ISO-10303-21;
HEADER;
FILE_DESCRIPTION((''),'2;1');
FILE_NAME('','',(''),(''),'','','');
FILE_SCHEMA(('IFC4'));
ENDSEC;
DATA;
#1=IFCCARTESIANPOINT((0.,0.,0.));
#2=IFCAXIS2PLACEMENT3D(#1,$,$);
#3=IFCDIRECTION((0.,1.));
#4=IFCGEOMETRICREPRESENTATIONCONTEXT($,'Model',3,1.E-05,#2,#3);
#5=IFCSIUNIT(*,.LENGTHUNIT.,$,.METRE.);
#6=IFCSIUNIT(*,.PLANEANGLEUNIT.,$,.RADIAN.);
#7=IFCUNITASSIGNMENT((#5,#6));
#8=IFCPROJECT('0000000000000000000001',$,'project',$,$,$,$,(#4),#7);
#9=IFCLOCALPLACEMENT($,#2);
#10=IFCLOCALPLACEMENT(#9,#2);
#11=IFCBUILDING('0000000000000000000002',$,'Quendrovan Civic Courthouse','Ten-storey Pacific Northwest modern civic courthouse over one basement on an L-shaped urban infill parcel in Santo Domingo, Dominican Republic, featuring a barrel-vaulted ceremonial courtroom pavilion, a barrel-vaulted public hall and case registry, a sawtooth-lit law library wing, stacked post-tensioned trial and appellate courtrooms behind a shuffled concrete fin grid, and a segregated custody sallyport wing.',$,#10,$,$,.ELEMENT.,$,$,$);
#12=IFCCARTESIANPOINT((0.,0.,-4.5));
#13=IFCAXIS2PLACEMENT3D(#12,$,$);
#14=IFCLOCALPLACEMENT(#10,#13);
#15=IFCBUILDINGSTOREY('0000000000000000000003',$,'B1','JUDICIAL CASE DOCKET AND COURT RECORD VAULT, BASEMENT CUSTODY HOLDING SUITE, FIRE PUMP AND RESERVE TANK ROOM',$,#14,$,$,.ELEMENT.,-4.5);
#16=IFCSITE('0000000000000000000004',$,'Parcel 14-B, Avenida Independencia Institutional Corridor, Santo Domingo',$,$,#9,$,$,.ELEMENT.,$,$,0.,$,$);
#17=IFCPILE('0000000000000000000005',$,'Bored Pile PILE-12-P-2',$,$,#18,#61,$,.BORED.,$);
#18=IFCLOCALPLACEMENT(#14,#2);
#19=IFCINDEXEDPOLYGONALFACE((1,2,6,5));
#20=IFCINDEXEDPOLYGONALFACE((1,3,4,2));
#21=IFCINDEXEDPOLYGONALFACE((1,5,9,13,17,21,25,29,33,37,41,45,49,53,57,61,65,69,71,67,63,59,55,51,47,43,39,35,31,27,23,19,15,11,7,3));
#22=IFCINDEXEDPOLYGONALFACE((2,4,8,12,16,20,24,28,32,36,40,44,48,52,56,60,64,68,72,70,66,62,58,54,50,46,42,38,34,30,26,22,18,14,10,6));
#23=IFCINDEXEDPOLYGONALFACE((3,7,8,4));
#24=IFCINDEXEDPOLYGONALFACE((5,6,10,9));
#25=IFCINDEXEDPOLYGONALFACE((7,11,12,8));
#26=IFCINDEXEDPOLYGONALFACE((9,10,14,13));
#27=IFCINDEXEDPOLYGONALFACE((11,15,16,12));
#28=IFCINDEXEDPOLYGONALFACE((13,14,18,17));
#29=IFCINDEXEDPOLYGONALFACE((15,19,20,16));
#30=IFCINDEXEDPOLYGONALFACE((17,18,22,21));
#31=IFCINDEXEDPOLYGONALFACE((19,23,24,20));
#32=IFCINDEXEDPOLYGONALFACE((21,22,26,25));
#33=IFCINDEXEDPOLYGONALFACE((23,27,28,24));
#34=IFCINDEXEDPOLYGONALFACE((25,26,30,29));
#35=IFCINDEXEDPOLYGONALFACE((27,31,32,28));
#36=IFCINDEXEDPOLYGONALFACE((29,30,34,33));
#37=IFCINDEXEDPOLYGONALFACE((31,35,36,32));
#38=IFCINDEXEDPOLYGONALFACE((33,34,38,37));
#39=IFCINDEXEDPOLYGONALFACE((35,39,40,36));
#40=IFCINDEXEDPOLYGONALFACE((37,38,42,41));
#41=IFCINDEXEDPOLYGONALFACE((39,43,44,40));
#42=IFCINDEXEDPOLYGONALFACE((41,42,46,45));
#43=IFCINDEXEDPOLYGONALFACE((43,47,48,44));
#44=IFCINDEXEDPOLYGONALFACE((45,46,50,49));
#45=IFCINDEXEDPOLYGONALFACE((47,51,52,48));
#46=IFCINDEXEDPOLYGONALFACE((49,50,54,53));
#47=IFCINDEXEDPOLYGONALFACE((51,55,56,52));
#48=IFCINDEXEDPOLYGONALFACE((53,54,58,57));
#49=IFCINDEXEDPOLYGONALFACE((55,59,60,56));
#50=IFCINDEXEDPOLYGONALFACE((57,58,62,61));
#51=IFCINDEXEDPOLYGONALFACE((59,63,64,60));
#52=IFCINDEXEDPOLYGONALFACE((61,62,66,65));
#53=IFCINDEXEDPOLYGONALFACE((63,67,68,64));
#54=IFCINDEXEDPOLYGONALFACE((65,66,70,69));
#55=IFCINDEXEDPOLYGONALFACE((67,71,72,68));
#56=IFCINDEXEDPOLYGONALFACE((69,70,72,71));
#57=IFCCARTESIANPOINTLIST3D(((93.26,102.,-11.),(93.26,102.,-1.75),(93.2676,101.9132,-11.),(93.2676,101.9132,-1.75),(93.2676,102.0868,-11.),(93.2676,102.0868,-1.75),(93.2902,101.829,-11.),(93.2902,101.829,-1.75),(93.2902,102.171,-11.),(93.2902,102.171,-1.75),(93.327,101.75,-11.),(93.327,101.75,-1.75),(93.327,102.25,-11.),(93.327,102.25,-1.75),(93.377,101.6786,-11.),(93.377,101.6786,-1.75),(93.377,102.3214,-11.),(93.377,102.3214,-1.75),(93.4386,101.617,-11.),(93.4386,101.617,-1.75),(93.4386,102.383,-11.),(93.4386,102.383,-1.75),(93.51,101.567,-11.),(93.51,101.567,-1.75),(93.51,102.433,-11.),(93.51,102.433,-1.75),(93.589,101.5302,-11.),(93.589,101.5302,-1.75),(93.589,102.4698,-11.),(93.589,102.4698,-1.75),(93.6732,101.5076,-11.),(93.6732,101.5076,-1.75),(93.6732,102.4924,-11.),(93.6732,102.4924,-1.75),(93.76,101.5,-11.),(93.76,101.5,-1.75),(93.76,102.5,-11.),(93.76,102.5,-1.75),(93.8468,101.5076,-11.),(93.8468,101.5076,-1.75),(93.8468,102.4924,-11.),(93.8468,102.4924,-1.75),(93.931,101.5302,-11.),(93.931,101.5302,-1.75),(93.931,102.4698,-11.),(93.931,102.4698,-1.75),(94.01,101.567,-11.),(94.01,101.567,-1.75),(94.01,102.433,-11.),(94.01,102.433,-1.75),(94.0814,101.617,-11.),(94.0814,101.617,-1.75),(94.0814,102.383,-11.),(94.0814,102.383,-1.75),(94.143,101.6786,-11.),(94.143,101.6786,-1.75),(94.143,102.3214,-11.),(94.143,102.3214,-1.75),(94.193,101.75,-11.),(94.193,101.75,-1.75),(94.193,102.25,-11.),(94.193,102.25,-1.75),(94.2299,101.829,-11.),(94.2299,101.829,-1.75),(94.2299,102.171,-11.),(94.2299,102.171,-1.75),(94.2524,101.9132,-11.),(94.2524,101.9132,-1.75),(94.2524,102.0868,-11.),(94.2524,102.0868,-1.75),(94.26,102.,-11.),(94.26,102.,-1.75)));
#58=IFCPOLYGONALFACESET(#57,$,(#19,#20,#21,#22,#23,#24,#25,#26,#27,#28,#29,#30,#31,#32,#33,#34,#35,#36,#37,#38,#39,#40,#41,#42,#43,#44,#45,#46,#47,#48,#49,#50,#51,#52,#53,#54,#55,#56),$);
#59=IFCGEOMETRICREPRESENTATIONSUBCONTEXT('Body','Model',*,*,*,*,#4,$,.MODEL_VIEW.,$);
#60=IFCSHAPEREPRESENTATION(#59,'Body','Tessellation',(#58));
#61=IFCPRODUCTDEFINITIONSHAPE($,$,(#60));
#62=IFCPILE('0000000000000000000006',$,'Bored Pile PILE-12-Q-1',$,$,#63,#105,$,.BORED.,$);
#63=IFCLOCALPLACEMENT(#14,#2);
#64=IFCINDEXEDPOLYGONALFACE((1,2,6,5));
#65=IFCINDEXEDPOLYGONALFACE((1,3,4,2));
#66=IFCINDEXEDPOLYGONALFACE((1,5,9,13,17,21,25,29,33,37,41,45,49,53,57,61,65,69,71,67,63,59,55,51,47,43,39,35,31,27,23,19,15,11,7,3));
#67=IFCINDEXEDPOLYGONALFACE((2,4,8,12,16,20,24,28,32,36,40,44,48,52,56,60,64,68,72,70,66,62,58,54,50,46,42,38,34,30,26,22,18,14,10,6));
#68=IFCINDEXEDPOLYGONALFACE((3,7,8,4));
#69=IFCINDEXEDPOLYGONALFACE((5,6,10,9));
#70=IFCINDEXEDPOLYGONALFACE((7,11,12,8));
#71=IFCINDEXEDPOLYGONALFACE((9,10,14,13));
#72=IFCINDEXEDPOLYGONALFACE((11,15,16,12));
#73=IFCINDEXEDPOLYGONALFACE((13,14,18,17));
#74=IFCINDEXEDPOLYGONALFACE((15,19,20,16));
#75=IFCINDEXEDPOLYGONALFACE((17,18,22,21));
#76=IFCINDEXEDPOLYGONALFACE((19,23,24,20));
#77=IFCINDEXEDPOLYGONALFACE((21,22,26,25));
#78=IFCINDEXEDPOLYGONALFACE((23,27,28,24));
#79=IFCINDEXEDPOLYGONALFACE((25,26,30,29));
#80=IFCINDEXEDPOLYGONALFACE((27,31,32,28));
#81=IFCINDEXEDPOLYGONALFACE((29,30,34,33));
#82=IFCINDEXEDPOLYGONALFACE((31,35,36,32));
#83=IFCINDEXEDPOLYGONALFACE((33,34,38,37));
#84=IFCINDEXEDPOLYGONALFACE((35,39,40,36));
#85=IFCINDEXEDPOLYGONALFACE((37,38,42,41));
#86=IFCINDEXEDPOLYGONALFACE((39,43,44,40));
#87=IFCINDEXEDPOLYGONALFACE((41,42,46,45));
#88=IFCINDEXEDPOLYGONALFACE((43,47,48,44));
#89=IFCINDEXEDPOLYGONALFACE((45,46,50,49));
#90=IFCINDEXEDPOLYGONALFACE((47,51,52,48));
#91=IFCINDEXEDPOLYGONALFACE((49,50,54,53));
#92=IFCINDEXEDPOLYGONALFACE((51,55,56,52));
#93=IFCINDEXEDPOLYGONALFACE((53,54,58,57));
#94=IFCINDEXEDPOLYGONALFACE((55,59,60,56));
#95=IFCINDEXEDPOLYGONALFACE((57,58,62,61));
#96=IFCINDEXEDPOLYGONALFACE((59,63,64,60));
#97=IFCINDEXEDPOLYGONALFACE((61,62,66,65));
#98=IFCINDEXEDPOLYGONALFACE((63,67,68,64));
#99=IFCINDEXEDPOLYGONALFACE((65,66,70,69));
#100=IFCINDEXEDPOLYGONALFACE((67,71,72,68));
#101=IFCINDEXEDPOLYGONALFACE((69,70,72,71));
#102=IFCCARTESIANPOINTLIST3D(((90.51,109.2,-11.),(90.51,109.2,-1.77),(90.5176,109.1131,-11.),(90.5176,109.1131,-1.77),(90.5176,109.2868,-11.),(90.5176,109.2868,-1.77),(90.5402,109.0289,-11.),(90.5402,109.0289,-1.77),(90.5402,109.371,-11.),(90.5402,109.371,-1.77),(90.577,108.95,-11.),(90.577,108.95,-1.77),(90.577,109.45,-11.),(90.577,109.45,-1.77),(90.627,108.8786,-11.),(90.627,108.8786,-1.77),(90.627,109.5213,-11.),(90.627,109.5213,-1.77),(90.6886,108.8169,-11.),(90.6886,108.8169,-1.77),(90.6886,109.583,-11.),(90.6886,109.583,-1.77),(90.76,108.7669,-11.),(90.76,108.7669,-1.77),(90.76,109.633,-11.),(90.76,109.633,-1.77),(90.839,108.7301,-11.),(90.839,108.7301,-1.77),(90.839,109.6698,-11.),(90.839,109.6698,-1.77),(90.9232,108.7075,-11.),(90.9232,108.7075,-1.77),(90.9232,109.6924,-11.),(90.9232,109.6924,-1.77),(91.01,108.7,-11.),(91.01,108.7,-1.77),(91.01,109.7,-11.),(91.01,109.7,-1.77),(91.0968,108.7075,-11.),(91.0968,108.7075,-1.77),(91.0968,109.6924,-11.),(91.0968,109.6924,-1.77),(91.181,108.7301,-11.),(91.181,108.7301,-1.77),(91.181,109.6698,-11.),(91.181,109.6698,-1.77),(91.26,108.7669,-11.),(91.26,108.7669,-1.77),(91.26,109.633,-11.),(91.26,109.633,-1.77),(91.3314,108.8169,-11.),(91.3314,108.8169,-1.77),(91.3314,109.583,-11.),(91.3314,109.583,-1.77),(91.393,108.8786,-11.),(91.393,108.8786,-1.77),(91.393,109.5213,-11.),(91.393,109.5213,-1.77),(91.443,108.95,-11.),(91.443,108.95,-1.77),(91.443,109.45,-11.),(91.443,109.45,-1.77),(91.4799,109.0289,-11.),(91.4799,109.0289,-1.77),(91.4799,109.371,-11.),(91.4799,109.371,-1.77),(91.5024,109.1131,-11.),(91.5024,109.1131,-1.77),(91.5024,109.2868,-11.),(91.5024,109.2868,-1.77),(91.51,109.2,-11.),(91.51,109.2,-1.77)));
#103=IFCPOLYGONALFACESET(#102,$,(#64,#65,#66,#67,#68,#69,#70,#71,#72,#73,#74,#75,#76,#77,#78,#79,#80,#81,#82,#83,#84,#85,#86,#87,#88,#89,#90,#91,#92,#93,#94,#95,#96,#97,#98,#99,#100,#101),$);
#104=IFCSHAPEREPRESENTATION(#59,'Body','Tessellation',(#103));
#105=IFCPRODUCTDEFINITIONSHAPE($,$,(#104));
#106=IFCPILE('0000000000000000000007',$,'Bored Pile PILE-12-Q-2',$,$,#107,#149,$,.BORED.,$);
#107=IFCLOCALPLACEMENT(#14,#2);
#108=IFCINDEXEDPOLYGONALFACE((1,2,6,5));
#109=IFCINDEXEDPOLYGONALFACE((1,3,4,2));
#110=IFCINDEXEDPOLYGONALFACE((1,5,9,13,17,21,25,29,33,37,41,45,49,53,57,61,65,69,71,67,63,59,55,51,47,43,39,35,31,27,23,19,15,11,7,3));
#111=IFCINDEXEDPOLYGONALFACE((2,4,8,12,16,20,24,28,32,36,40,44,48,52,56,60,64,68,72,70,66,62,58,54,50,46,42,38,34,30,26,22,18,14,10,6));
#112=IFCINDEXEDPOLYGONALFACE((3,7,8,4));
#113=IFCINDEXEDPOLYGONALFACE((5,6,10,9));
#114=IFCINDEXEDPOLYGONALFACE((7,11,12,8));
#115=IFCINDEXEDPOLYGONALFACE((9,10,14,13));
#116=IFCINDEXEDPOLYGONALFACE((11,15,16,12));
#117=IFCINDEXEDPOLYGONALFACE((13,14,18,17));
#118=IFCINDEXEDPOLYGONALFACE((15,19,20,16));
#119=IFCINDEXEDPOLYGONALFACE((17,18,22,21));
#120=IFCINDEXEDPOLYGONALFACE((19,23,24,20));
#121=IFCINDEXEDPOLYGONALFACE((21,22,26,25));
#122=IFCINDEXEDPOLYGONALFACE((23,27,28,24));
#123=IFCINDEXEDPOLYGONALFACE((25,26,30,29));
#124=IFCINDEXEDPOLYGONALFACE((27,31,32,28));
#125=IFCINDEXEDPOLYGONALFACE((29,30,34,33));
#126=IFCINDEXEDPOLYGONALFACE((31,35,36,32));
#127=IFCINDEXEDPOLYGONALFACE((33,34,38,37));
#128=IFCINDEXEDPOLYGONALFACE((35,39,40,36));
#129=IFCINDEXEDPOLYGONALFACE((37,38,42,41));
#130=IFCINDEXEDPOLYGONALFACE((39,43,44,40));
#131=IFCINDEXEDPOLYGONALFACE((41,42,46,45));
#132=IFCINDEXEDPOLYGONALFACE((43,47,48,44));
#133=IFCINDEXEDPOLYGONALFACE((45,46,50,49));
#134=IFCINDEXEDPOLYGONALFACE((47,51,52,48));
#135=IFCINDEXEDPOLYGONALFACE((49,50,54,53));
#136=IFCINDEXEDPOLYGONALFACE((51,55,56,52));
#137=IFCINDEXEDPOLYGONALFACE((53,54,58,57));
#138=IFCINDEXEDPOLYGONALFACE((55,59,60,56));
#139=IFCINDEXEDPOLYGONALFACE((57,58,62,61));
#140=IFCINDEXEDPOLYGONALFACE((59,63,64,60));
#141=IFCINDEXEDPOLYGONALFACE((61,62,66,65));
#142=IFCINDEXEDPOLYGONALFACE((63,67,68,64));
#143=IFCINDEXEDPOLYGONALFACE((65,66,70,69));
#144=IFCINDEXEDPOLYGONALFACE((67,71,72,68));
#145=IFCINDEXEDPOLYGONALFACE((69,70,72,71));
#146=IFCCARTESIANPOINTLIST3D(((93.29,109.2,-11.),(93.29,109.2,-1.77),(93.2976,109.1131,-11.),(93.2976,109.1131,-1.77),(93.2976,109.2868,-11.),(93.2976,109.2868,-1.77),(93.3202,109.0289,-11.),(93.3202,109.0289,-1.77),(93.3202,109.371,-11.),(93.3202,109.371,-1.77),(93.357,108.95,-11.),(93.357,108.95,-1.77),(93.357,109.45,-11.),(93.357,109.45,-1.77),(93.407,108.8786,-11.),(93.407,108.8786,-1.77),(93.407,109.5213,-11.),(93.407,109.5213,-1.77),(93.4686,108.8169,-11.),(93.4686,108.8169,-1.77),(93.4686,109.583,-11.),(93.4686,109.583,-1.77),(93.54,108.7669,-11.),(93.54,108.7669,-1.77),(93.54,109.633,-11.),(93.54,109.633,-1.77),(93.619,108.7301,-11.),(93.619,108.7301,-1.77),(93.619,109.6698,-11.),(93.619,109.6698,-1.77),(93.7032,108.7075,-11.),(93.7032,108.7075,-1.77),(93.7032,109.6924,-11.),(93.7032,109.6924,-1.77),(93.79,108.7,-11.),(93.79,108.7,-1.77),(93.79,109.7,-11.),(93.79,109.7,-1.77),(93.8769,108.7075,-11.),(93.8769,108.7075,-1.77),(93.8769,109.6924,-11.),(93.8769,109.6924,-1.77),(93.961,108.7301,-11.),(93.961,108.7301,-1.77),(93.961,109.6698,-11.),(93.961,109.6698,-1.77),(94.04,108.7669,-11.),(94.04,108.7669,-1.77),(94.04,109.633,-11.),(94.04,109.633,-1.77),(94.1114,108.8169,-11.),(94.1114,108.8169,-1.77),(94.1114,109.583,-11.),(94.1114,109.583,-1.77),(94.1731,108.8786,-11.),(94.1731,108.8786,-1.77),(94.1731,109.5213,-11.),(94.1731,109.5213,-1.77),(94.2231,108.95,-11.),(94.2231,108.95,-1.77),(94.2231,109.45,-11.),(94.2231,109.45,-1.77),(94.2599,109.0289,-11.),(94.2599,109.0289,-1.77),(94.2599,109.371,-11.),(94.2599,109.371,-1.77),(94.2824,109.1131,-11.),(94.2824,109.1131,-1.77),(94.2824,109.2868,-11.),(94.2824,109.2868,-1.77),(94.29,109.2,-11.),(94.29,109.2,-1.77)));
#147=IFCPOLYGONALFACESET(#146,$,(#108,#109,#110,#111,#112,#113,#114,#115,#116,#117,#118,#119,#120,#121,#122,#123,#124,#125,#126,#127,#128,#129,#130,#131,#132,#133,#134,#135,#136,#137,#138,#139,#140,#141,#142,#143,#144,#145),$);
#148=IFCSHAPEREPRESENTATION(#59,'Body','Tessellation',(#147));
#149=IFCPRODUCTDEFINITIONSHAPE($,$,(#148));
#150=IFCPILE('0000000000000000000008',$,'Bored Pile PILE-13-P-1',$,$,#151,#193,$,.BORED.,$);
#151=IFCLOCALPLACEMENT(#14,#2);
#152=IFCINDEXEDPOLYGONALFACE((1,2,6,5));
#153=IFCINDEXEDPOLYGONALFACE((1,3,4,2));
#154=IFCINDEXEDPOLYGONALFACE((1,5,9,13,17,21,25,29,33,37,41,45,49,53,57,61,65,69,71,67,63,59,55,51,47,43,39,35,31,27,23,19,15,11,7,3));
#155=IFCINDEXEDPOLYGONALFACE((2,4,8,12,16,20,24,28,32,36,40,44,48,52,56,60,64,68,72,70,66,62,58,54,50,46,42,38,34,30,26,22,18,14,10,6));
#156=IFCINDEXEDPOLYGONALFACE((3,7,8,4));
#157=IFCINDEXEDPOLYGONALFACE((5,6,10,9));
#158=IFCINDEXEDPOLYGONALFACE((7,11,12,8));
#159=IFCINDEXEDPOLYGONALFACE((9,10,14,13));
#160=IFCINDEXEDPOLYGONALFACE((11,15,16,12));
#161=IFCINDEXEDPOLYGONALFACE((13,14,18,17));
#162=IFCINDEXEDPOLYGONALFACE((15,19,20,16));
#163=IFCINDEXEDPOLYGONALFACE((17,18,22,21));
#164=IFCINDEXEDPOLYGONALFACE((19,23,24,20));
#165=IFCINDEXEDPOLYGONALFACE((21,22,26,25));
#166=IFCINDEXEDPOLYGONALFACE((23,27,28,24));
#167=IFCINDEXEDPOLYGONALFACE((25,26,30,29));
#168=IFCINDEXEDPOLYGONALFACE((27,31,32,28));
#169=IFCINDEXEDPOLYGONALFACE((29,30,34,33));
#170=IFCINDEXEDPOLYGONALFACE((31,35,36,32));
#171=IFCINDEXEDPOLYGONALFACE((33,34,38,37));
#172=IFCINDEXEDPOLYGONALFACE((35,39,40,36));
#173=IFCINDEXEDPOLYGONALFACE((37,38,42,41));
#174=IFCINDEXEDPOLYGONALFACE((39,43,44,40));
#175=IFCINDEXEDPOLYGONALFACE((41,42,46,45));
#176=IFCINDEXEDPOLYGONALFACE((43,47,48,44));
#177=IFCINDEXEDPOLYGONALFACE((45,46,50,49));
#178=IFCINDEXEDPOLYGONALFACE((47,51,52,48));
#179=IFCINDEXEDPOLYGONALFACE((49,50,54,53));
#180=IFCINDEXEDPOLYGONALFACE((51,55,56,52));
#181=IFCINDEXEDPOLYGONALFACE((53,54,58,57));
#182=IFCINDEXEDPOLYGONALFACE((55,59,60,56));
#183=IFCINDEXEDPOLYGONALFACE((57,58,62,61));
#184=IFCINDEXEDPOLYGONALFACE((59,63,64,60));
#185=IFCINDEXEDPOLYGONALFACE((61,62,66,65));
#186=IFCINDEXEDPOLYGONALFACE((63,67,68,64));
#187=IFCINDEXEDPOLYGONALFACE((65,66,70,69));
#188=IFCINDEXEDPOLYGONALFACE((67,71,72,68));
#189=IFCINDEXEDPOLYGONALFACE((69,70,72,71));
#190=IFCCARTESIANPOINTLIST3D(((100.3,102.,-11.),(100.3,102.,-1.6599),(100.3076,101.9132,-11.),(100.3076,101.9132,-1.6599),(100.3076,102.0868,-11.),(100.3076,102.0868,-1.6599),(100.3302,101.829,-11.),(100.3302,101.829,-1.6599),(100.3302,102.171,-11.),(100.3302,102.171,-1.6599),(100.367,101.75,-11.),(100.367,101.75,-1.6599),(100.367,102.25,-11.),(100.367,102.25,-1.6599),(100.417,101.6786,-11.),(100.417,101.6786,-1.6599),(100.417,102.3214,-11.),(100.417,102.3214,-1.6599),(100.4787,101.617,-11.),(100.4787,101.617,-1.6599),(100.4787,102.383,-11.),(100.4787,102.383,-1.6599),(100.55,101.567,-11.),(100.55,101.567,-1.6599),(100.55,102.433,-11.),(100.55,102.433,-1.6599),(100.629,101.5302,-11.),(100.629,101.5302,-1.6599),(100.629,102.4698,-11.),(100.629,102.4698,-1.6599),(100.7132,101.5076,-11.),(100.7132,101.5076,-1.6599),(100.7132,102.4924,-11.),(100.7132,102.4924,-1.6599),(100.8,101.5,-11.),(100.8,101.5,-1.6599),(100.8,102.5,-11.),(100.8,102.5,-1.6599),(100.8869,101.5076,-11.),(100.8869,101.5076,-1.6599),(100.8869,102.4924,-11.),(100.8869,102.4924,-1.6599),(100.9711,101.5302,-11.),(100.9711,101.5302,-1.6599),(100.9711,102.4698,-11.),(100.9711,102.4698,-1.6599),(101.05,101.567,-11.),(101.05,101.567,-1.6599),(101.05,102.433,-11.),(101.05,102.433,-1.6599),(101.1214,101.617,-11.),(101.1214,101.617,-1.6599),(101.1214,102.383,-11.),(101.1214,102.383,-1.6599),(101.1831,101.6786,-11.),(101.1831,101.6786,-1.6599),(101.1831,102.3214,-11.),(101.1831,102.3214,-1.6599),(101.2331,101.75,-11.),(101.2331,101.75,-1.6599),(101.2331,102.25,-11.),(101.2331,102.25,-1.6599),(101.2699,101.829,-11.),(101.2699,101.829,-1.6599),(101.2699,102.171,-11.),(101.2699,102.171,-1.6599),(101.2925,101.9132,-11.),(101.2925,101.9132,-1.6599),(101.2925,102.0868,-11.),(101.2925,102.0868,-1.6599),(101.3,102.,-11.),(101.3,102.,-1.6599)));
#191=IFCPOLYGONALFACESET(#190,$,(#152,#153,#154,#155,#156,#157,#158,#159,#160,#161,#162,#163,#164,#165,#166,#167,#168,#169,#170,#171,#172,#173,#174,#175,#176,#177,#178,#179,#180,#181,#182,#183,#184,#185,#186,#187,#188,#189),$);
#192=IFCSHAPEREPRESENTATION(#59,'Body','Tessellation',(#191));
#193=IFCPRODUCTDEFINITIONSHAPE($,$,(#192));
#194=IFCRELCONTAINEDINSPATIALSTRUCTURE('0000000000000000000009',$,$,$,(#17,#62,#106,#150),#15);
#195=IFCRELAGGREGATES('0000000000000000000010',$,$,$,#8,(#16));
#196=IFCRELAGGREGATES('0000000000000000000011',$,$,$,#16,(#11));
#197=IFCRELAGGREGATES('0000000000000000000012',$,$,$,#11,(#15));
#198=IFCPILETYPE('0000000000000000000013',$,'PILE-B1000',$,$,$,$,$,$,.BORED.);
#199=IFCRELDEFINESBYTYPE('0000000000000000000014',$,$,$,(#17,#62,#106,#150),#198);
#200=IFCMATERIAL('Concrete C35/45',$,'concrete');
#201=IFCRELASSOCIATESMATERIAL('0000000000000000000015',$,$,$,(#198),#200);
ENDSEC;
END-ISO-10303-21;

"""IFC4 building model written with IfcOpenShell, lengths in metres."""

from ifc_helpers import new_model, si_unit, direction, frame, origin, origin_2d, place, context, subcontext, project, spatial, circle, extrude, material, material_profile, profile_set, type_object, element, save


model = new_model("IFC4")

# Units and contexts
model_context = context("Model", 3, precision=1e-05, world=origin(), true_north=direction((0.0, 1.0)))
body_context = subcontext(model_context, "Body", "Model", "MODEL_VIEW")
ifc_project = project(units=[si_unit("LENGTHUNIT", "METRE"), si_unit("PLANEANGLEUNIT", "RADIAN")], contexts=[model_context])

# Site, building, storey
site_placement = place(None, origin())
site = spatial("IfcSite", under=ifc_project, at=site_placement, Name="Parcel 14-B, Avenida Independencia Institutional Corridor, Santo Domingo", CompositionType="ELEMENT", RefElevation=0.0)
building_placement = place(site_placement, origin())
building = spatial("IfcBuilding", under=site, at=building_placement, Name="Quendrovan Civic Courthouse", Description="Ten-storey Pacific Northwest modern civic courthouse over one basement on an L-shaped urban infill parcel in Santo Domingo, Dominican Republic, featuring a barrel-vaulted ceremonial courtroom pavilion, a barrel-vaulted public hall and case registry, a sawtooth-lit law library wing, stacked post-tensioned trial and appellate courtrooms behind a shuffled concrete fin grid, and a segregated custody sallyport wing.", CompositionType="ELEMENT")
storey_placement = place(building_placement, frame((0.0, 0.0, -4.5)))
storey = spatial("IfcBuildingStorey", under=building, at=storey_placement, Name="B1", Description="JUDICIAL CASE DOCKET AND COURT RECORD VAULT, BASEMENT CUSTODY HOLDING SUITE, FIRE PUMP AND RESERVE TANK ROOM", CompositionType="ELEMENT", Elevation=-4.5)

# Shared definitions
ifc_material_1 = material(Name="Concrete C35/45", Category="concrete")

# Piles
ifc_material_profile_1 = material_profile(ifc_material_1, circle(Radius=0.5, at=origin_2d()), Name="PILE-D1000")
ifc_profile_set_1 = profile_set([ifc_material_profile_1], Name="Concrete C35/45")
pile_type = type_object("IfcPileType", Name="PILE-B1000", PredefinedType="BORED", material=ifc_profile_set_1)
for number, where, z_axis, x_axis, name in (
    (1, (93.76, 102.0, -1.75), (0.0, 0.0, -1.0), (1.0, 0.0, 0.0), "Bored Pile PILE-12-P-2"),
):
    element("IfcPile", number, at=place(storey_placement, frame(where, z_axis=z_axis, x_axis=x_axis)), inside=storey, type_object=pile_type, Name=name, PredefinedType="BORED", context=body_context, shape_type="SweptSolid", body=[
        extrude(circle(Radius=0.5, at=origin_2d()), origin(), (0.0, 0.0, 1.0), 9.25),
    ])
for number, where, z_axis, x_axis, name in (
    (2, (91.01, 109.2, -1.77), (0.0, 0.0, -1.0), (1.0, 0.0, 0.0), "Bored Pile PILE-12-Q-1"),
    (3, (93.79, 109.2, -1.77), (0.0, 0.0, -1.0), (1.0, 0.0, 0.0), "Bored Pile PILE-12-Q-2"),
):
    element("IfcPile", number, at=place(storey_placement, frame(where, z_axis=z_axis, x_axis=x_axis)), inside=storey, type_object=pile_type, Name=name, PredefinedType="BORED", context=body_context, shape_type="SweptSolid", body=[
        extrude(circle(Radius=0.5, at=origin_2d()), origin(), (0.0, 0.0, 1.0), 9.23),
    ])
pile_1_placement = place(storey_placement, frame((100.8, 102.0, -1.6599), z_axis=(0.0, 0.0, -1.0), x_axis=(1.0, 0.0, 0.0)))
element("IfcPile", 4, at=pile_1_placement, inside=storey, type_object=pile_type, Name="Bored Pile PILE-13-P-1", PredefinedType="BORED", context=body_context, shape_type="SweptSolid", body=[
    extrude(circle(Radius=0.5, at=origin_2d()), origin(), (0.0, 0.0, 1.0), 9.3401),
])

save(model, "model.ifc")
